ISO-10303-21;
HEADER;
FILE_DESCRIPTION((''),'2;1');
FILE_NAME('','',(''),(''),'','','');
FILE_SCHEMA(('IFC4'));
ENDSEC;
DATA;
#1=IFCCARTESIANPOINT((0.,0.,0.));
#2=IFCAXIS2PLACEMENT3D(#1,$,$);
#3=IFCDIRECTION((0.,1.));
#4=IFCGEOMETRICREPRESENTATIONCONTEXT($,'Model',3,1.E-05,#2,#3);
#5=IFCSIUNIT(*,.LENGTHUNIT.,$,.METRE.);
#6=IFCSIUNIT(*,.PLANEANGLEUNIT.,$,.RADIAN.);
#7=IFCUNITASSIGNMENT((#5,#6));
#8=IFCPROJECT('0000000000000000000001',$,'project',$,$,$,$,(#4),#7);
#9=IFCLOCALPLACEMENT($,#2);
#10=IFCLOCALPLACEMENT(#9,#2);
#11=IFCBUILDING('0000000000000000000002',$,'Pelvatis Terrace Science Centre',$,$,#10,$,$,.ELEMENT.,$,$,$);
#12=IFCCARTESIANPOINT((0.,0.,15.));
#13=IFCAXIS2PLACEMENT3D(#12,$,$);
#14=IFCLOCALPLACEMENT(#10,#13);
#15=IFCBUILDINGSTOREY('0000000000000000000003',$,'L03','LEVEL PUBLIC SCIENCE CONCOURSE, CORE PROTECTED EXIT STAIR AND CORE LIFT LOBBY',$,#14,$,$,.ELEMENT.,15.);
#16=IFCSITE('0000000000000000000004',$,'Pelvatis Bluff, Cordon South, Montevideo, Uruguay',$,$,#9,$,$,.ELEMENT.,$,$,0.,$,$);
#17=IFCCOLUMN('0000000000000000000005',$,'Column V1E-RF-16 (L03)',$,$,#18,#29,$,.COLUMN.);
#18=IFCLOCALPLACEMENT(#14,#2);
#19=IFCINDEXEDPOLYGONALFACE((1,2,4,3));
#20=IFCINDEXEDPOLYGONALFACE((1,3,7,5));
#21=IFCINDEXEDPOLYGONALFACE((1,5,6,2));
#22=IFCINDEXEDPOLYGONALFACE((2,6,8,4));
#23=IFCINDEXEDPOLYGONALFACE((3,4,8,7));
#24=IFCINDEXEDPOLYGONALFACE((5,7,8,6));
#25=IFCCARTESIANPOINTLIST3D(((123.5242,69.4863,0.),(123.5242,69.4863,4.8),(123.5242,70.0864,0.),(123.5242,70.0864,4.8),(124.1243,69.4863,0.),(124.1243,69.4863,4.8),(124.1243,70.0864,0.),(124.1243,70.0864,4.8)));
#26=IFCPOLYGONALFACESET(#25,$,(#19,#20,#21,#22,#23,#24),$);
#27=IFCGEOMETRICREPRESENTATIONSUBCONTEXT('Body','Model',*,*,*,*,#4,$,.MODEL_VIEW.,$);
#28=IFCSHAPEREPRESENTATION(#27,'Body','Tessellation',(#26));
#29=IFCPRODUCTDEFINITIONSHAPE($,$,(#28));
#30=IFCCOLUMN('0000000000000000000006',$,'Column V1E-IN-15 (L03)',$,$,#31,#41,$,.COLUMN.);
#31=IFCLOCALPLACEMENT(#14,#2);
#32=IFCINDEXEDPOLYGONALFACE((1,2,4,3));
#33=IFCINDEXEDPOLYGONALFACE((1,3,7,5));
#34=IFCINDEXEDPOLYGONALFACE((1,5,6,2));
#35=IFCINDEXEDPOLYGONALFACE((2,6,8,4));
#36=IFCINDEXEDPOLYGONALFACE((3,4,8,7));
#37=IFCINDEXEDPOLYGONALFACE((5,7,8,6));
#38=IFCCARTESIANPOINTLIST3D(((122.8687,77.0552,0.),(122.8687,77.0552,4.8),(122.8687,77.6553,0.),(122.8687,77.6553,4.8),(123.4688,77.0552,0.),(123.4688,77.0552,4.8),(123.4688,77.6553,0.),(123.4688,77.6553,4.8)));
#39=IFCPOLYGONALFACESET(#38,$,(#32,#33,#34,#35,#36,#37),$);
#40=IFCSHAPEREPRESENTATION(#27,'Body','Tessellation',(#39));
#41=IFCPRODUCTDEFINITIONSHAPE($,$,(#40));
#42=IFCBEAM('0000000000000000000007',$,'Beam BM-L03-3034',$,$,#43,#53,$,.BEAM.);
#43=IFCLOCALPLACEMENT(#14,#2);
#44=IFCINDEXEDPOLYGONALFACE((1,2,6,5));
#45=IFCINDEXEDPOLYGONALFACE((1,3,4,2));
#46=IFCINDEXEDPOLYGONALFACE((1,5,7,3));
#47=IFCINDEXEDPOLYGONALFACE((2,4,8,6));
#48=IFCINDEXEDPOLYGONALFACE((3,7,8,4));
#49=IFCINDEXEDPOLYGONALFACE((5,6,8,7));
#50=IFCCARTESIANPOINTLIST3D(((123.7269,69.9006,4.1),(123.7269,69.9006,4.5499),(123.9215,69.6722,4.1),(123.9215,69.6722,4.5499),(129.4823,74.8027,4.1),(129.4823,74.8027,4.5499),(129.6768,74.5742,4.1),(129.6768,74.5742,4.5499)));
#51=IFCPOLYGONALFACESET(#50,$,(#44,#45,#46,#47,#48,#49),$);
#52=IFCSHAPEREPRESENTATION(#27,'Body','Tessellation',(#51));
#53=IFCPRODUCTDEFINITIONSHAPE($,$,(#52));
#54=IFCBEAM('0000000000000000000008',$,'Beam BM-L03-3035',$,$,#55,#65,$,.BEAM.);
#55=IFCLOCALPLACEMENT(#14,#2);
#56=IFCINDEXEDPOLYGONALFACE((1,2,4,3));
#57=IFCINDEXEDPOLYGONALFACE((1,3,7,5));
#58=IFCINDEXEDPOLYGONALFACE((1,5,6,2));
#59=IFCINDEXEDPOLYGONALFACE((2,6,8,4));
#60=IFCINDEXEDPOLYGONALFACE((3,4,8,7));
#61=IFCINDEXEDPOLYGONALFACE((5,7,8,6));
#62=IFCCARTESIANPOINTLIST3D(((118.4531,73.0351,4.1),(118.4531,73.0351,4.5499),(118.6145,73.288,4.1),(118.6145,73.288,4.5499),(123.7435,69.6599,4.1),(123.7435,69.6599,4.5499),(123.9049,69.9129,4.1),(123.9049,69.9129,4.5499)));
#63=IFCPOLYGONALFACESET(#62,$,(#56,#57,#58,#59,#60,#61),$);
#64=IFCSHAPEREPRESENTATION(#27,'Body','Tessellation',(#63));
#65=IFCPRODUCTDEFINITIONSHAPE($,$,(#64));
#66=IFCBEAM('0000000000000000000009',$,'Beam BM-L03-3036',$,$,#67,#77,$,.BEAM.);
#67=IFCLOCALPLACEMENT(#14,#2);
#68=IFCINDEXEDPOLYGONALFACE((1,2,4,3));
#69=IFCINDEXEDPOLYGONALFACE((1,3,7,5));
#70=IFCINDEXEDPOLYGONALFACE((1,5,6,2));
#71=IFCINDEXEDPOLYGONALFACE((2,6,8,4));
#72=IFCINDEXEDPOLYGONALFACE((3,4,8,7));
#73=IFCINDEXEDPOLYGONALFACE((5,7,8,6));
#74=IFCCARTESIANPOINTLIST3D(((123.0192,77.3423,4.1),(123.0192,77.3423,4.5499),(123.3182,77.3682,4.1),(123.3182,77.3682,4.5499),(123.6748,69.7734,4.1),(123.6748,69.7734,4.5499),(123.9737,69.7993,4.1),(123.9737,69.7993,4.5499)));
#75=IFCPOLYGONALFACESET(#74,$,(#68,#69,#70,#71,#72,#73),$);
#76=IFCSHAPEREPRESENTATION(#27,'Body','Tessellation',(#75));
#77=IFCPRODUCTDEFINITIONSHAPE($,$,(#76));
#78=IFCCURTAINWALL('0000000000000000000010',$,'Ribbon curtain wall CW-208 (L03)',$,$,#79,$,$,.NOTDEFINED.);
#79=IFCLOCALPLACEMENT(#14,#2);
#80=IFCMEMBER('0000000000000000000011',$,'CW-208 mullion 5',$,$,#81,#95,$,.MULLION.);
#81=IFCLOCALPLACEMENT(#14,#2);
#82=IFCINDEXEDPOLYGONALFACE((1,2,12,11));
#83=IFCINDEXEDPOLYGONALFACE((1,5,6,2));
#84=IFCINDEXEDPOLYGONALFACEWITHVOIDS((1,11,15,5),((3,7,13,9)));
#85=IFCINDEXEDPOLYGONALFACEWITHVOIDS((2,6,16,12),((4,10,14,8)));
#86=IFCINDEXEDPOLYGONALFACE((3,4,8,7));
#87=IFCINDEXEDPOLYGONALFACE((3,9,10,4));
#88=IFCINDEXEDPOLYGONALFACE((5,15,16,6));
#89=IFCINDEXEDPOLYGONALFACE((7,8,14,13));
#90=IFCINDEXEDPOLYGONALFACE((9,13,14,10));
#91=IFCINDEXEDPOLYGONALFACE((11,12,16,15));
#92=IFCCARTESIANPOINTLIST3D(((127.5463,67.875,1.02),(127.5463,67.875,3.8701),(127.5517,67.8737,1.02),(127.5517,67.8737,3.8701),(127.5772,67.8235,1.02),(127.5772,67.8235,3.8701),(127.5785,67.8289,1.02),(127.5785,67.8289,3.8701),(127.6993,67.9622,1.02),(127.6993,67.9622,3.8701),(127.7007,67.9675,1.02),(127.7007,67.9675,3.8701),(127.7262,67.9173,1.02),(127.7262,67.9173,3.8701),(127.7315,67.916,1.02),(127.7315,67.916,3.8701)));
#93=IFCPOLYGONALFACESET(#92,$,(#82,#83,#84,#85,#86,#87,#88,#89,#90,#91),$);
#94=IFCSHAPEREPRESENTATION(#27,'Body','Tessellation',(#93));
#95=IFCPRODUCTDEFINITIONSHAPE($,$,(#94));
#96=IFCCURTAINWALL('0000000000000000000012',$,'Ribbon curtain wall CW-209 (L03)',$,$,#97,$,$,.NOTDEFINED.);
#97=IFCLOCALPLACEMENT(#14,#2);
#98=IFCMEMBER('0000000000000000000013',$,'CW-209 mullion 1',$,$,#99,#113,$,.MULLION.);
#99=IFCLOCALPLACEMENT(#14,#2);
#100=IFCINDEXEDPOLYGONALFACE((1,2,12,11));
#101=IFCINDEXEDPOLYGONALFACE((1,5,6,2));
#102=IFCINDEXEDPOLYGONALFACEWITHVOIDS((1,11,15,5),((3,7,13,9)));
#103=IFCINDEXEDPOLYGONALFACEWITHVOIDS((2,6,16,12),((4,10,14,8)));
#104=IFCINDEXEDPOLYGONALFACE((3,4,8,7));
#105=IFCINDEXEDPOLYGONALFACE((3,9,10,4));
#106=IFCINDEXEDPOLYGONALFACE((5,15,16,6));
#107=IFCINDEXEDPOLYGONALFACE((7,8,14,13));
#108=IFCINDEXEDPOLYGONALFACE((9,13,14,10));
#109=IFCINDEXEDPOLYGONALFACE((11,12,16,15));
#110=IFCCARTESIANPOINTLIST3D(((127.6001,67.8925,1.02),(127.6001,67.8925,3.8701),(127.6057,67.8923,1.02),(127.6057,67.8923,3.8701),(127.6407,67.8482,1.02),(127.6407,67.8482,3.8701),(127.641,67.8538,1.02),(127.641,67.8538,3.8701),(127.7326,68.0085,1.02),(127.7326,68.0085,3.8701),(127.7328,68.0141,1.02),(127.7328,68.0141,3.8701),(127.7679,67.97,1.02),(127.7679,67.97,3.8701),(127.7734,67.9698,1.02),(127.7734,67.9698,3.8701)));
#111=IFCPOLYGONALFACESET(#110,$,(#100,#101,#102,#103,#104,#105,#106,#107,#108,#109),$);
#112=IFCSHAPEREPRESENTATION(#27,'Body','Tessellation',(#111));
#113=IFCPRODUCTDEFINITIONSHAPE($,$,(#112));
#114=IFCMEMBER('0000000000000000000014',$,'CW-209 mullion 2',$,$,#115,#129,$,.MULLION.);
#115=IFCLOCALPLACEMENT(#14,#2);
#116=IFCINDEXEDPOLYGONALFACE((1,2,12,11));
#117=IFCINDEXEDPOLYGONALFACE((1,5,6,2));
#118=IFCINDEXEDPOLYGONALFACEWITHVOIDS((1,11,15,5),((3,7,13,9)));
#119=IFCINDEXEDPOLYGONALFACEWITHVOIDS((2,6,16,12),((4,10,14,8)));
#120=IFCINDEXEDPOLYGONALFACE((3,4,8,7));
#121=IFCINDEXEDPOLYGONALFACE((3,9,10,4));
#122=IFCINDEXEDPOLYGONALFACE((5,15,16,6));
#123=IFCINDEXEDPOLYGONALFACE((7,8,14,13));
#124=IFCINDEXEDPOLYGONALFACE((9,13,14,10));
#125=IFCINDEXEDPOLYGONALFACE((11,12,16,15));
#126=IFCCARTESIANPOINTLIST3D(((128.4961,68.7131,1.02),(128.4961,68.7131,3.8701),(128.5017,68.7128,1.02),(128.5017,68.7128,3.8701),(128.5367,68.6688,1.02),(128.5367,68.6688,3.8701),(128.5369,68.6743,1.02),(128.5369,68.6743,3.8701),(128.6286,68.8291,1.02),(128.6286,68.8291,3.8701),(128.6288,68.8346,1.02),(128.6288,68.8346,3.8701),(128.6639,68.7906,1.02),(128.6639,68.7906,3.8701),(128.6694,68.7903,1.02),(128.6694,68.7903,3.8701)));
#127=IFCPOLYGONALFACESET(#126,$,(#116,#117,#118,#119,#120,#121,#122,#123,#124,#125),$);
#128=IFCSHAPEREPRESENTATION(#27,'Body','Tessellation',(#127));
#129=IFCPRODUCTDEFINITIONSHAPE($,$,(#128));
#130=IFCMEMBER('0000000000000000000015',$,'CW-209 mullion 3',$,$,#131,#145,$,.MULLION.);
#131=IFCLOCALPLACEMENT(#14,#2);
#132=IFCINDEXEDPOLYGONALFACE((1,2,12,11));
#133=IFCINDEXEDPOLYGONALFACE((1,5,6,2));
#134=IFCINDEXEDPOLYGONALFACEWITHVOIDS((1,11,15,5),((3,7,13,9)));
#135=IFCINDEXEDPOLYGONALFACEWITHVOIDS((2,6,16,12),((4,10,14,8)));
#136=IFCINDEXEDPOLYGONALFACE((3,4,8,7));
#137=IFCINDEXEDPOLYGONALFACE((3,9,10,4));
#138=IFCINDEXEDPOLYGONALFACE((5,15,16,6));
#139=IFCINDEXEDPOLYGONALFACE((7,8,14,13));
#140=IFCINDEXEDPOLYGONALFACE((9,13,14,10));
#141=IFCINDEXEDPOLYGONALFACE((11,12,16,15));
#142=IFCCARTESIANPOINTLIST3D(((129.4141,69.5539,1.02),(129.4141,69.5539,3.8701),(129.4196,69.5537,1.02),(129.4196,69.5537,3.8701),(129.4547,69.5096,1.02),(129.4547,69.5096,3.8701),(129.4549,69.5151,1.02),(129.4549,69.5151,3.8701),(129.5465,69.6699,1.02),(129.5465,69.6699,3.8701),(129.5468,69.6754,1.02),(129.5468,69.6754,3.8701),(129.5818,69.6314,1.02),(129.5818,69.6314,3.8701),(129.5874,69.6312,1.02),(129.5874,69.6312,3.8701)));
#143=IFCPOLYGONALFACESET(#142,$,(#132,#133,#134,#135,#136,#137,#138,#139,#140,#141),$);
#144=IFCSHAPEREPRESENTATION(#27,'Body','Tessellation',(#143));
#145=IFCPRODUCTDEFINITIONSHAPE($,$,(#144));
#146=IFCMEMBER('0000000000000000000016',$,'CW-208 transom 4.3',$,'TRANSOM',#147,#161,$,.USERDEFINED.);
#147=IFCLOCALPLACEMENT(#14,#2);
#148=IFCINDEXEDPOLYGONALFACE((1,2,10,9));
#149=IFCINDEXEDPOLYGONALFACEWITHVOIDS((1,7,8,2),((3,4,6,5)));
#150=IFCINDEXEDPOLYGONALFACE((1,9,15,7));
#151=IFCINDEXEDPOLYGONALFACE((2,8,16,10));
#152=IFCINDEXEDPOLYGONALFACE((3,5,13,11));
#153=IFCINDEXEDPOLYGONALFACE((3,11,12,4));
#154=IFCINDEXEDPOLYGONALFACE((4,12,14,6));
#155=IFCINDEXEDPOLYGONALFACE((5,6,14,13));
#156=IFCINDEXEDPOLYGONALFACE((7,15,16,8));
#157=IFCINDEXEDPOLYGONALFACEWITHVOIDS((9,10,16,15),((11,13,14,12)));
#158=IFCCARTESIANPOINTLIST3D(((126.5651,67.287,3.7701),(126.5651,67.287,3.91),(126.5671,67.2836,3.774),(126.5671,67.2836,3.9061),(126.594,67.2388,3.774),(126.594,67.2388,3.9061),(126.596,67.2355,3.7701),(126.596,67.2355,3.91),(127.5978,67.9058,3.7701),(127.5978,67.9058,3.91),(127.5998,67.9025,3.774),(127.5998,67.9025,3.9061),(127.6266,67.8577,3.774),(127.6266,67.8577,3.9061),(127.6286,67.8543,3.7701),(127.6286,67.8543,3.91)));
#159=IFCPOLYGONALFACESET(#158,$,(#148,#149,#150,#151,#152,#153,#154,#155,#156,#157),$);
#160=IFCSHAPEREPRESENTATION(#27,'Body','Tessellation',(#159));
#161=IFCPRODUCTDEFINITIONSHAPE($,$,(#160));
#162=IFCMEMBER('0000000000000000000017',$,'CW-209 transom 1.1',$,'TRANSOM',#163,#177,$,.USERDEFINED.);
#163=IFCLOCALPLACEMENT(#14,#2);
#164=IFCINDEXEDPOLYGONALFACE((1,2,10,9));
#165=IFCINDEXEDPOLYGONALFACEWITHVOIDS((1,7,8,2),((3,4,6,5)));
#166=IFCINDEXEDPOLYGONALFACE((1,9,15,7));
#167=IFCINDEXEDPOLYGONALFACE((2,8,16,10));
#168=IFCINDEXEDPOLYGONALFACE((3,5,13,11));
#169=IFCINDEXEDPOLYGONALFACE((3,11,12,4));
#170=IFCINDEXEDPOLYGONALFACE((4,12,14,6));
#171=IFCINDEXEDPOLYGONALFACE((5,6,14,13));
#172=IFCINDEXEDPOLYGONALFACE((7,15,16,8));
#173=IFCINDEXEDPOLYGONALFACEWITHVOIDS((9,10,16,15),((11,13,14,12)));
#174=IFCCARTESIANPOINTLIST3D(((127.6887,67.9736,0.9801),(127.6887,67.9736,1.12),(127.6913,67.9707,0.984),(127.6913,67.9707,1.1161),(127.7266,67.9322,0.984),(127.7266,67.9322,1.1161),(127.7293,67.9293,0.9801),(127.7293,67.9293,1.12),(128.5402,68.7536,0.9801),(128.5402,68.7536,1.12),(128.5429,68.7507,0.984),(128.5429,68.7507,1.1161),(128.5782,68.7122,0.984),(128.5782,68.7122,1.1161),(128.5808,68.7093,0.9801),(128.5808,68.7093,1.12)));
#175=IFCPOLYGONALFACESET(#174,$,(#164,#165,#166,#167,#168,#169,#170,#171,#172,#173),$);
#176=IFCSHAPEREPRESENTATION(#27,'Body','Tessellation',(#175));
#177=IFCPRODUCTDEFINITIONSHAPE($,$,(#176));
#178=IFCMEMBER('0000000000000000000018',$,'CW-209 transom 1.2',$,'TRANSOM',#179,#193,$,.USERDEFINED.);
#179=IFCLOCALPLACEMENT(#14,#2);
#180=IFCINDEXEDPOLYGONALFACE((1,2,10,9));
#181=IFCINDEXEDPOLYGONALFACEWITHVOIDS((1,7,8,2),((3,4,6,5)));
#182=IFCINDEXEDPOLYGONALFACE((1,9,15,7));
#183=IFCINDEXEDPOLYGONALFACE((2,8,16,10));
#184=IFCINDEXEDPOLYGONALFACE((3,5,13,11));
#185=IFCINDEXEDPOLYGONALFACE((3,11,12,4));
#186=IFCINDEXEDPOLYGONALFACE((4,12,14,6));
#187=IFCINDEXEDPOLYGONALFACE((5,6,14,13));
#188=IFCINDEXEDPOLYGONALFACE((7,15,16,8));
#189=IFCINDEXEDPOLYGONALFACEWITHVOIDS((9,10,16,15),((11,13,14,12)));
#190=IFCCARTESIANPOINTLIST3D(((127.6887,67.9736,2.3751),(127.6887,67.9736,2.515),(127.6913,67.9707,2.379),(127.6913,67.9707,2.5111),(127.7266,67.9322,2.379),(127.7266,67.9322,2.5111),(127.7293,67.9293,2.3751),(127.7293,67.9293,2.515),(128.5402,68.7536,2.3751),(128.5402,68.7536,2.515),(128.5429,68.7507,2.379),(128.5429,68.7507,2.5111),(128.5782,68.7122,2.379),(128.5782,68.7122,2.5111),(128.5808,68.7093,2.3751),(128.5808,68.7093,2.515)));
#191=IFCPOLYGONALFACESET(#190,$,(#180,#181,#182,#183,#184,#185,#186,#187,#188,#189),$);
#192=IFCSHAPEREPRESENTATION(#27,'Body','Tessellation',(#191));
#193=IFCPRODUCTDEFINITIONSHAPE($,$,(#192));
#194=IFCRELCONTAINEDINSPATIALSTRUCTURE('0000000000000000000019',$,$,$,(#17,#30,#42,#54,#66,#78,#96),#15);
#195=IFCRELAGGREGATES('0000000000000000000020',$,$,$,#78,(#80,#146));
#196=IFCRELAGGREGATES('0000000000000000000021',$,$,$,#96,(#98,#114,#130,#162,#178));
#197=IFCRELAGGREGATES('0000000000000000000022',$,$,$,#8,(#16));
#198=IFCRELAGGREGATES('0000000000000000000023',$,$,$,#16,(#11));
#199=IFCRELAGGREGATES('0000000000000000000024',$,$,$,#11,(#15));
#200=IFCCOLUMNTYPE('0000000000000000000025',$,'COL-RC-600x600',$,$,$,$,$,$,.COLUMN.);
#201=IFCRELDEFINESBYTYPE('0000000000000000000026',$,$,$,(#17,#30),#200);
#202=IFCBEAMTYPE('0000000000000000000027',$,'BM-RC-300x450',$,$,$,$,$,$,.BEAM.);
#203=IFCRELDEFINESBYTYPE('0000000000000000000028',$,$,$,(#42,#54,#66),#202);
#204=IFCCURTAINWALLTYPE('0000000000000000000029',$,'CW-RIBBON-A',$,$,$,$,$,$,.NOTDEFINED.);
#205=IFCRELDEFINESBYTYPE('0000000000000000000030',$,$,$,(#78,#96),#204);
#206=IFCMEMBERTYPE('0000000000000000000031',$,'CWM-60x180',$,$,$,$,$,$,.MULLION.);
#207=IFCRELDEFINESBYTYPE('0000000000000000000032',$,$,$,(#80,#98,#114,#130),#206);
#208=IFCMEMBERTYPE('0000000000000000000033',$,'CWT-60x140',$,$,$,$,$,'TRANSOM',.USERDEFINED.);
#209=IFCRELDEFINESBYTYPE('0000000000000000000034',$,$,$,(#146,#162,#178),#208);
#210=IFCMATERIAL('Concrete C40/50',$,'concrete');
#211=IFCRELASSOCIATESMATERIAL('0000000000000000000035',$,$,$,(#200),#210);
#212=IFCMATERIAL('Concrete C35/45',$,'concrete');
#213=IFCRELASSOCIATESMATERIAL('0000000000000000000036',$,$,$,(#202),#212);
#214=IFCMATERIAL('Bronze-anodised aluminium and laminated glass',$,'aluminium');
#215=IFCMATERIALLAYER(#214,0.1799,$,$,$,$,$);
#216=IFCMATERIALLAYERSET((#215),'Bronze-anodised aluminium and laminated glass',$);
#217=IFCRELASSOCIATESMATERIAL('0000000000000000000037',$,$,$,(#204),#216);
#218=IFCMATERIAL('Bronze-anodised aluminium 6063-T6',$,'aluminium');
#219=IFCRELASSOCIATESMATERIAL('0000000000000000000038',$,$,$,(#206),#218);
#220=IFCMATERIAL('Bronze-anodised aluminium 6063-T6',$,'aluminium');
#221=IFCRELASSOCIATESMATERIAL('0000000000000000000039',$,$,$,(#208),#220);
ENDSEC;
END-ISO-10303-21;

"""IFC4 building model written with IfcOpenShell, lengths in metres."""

from ifc_helpers import new_model, si_unit, direction, frame, origin, origin_2d, place, context, subcontext, project, spatial, rectangle, hollow_rectangle, extrude, material, layer, layer_set, material_profile, profile_set, type_object, element, aggregate, save


model = new_model("IFC4")

# Units and contexts
model_context = context("Model", 3, precision=1e-05, world=origin(), true_north=direction((0.0, 1.0)))
body_context = subcontext(model_context, "Body", "Model", "MODEL_VIEW")
ifc_project = project(units=[si_unit("LENGTHUNIT", "METRE"), si_unit("PLANEANGLEUNIT", "RADIAN")], contexts=[model_context])

# Site, building, storey
site_placement = place(None, origin())
site = spatial("IfcSite", under=ifc_project, at=site_placement, Name="Pelvatis Bluff, Cordon South, Montevideo, Uruguay", CompositionType="ELEMENT", RefElevation=0.0)
building_placement = place(site_placement, origin())
building = spatial("IfcBuilding", under=site, at=building_placement, Name="Pelvatis Terrace Science Centre", CompositionType="ELEMENT")
storey_placement = place(building_placement, frame((0.0, 0.0, 15.0)))
storey = spatial("IfcBuildingStorey", under=building, at=storey_placement, Name="L03", Description="LEVEL PUBLIC SCIENCE CONCOURSE, CORE PROTECTED EXIT STAIR AND CORE LIFT LOBBY", CompositionType="ELEMENT", Elevation=15.0)

# Columns
ifc_material_1 = material(Name="Concrete C40/50", Category="concrete")
ifc_material_profile_1 = material_profile(ifc_material_1, rectangle(XDim=0.6001, YDim=0.6001, at=origin_2d()), Name="RC-COL 600x600")
ifc_profile_set_1 = profile_set([ifc_material_profile_1], Name="Concrete C40/50")
column_type = type_object("IfcColumnType", Name="COL-RC-600x600", PredefinedType="COLUMN", material=ifc_profile_set_1)
for number, where, z_axis, x_axis, name in (
    (1, (123.8242, 69.7864, 0.0), (0.0, 0.0, 1.0), (1.0, 0.0, 0.0), "Column V1E-RF-16 (L03)"),
    (2, (123.1687, 77.3552, 0.0), (0.0, 0.0, 1.0), (1.0, 0.0, 0.0), "Column V1E-IN-15 (L03)"),
):
    element("IfcColumn", number, at=place(storey_placement, frame(where, z_axis=z_axis, x_axis=x_axis)), inside=storey, type_object=column_type, Name=name, PredefinedType="COLUMN", context=body_context, shape_type="SweptSolid", body=[
        extrude(rectangle(XDim=0.6001, YDim=0.6001, at=origin_2d()), origin(), (0.0, 0.0, 1.0), 4.8),
    ])

# Beams
ifc_material_2 = material(Name="Concrete C35/45", Category="concrete")
ifc_material_profile_2 = material_profile(ifc_material_2, rectangle(XDim=0.3, YDim=0.45, at=origin_2d()), Name="RC-BM 300x450")
ifc_profile_set_2 = profile_set([ifc_material_profile_2], Name="Concrete C35/45")
beam_type = type_object("IfcBeamType", Name="BM-RC-300x450", PredefinedType="BEAM", material=ifc_profile_set_2)
beam_1_placement = place(storey_placement, frame((123.8242, 69.7864, 4.325), z_axis=(0.761284, 0.648419, 0.0), x_axis=(-0.648419, 0.761284, 0.0)))
element("IfcBeam", 3, at=beam_1_placement, inside=storey, type_object=beam_type, Name="Beam BM-L03-3034", PredefinedType="BEAM", context=body_context, shape_type="SweptSolid", body=[
    extrude(rectangle(XDim=0.3, YDim=0.45, at=origin_2d()), origin(), (0.0, 0.0, 1.0), 7.5601),
])
beam_2_placement = place(storey_placement, frame((123.8242, 69.7864, 4.325), z_axis=(-0.843044, 0.537844, 0.0), x_axis=(-0.537844, -0.843044, 0.0)))
element("IfcBeam", 4, at=beam_2_placement, inside=storey, type_object=beam_type, Name="Beam BM-L03-3035", PredefinedType="BEAM", context=body_context, shape_type="SweptSolid", body=[
    extrude(rectangle(XDim=0.3, YDim=0.45, at=origin_2d()), origin(), (0.0, 0.0, 1.0), 6.2754),
])
beam_3_placement = place(storey_placement, frame((123.8242, 69.7864, 4.325), z_axis=(-0.086284, 0.996271, 0.0), x_axis=(-0.996271, -0.086284, 0.0)))
element("IfcBeam", 5, at=beam_3_placement, inside=storey, type_object=beam_type, Name="Beam BM-L03-3036", PredefinedType="BEAM", context=body_context, shape_type="SweptSolid", body=[
    extrude(rectangle(XDim=0.3, YDim=0.45, at=origin_2d()), origin(), (0.0, 0.0, 1.0), 7.5972),
])

# Curtain wall, member
ifc_material_3 = material(Name="Bronze-anodised aluminium and laminated glass", Category="aluminium")
ifc_layer_1 = layer(ifc_material_3, 0.1799)
ifc_layer_set_1 = layer_set([ifc_layer_1], Name="Bronze-anodised aluminium and laminated glass")
curtain_wall_type = type_object("IfcCurtainWallType", Name="CW-RIBBON-A", PredefinedType="NOTDEFINED", material=ifc_layer_set_1)
curtain_wall_1_placement = place(storey_placement, origin())
curtain_wall_1 = element("IfcCurtainWall", 6, at=curtain_wall_1_placement, inside=storey, type_object=curtain_wall_type, Name="Ribbon curtain wall CW-208 (L03)", PredefinedType="NOTDEFINED")
ifc_material_4 = material(Name="Bronze-anodised aluminium 6063-T6", Category="aluminium")
ifc_material_profile_3 = material_profile(ifc_material_4, hollow_rectangle(XDim=0.0601, YDim=0.1799, WallThickness=0.0039, at=origin_2d()), Name="ALU-MUL 60x180")
ifc_profile_set_3 = profile_set([ifc_material_profile_3], Name="Bronze-anodised aluminium 6063-T6")
member_type_1 = type_object("IfcMemberType", Name="CWM-60x180", PredefinedType="MULLION", material=ifc_profile_set_3)
member_1_placement = place(storey_placement, frame((127.6389, 67.8955, 1.02), z_axis=(0.0, 0.0, 1.0), x_axis=(-0.513996, 0.857793, 0.0)))
member_1 = element("IfcMember", 7, at=member_1_placement, type_object=member_type_1, Name="CW-208 mullion 5", PredefinedType="MULLION", context=body_context, shape_type="SweptSolid", body=[
    extrude(hollow_rectangle(XDim=0.0601, YDim=0.1799, WallThickness=0.0039, at=origin_2d()), origin(), (0.0, 0.0, 1.0), 2.8501),
])

# Curtain wall, members
curtain_wall_2_placement = place(storey_placement, origin())
curtain_wall_2 = element("IfcCurtainWall", 8, at=curtain_wall_2_placement, inside=storey, type_object=curtain_wall_type, Name="Ribbon curtain wall CW-209 (L03)", PredefinedType="NOTDEFINED")
member_2_placement = place(storey_placement, frame((127.6868, 67.9312, 1.02), z_axis=(0.0, 0.0, 1.0), x_axis=(-0.675452, 0.737404, 0.0)))
member_2 = element("IfcMember", 9, at=member_2_placement, type_object=member_type_1, Name="CW-209 mullion 1", PredefinedType="MULLION", context=body_context, shape_type="SweptSolid", body=[
    extrude(hollow_rectangle(XDim=0.0601, YDim=0.1799, WallThickness=0.0039, at=origin_2d()), origin(), (0.0, 0.0, 1.0), 2.8501),
])
member_3_placement = place(storey_placement, frame((128.5828, 68.7517, 1.02), z_axis=(0.0, 0.0, 1.0), x_axis=(-0.675452, 0.737404, 0.0)))
member_3 = element("IfcMember", 10, at=member_3_placement, type_object=member_type_1, Name="CW-209 mullion 2", PredefinedType="MULLION", context=body_context, shape_type="SweptSolid", body=[
    extrude(hollow_rectangle(XDim=0.0601, YDim=0.1799, WallThickness=0.0039, at=origin_2d()), origin(), (0.0, 0.0, 1.0), 2.8501),
])
member_4_placement = place(storey_placement, frame((129.5007, 69.5925, 1.02), z_axis=(0.0, 0.0, 1.0), x_axis=(-0.675452, 0.737404, 0.0)))
member_4 = element("IfcMember", 11, at=member_4_placement, type_object=member_type_1, Name="CW-209 mullion 3", PredefinedType="MULLION", context=body_context, shape_type="SweptSolid", body=[
    extrude(hollow_rectangle(XDim=0.0601, YDim=0.1799, WallThickness=0.0039, at=origin_2d()), origin(), (0.0, 0.0, 1.0), 2.8501),
])

# Members
ifc_material_5 = material(Name="Bronze-anodised aluminium 6063-T6", Category="aluminium")
ifc_material_profile_4 = material_profile(ifc_material_5, hollow_rectangle(XDim=0.0601, YDim=0.1399, WallThickness=0.0039, at=origin_2d()), Name="ALU-TRN 60x140")
ifc_profile_set_4 = profile_set([ifc_material_profile_4], Name="Bronze-anodised aluminium 6063-T6")
member_type_2 = type_object("IfcMemberType", Name="CWT-60x140", ElementType="TRANSOM", PredefinedType="USERDEFINED", material=ifc_profile_set_4)
member_5_placement = place(storey_placement, frame((126.5806, 67.2612, 3.8401), z_axis=(0.857761, 0.514048, 0.0), x_axis=(-0.514048, 0.857761, 0.0)))
member_5 = element("IfcMember", 12, at=member_5_placement, type_object=member_type_2, Name="CW-208 transom 4.3", ObjectType="TRANSOM", PredefinedType="USERDEFINED", context=body_context, shape_type="SweptSolid", body=[
    extrude(hollow_rectangle(XDim=0.0601, YDim=0.1399, WallThickness=0.0039, at=origin_2d()), origin(), (0.0, 0.0, 1.0), 1.2039),
])
member_6_placement = place(storey_placement, frame((127.709, 67.9514, 1.05), z_axis=(0.7374, 0.675457, 0.0), x_axis=(-0.675457, 0.7374, 0.0)))
member_6 = element("IfcMember", 13, at=member_6_placement, type_object=member_type_2, Name="CW-209 transom 1.1", ObjectType="TRANSOM", PredefinedType="USERDEFINED", context=body_context, shape_type="SweptSolid", body=[
    extrude(hollow_rectangle(XDim=0.0601, YDim=0.1399, WallThickness=0.0039, at=origin_2d()), origin(), (0.0, 0.0, 1.0), 1.1548),
])
member_7_placement = place(storey_placement, frame((127.709, 67.9514, 2.4451), z_axis=(0.7374, 0.675457, 0.0), x_axis=(-0.675457, 0.7374, 0.0)))
member_7 = element("IfcMember", 14, at=member_7_placement, type_object=member_type_2, Name="CW-209 transom 1.2", ObjectType="TRANSOM", PredefinedType="USERDEFINED", context=body_context, shape_type="SweptSolid", body=[
    extrude(hollow_rectangle(XDim=0.0601, YDim=0.1399, WallThickness=0.0039, at=origin_2d()), origin(), (0.0, 0.0, 1.0), 1.1548),
])

aggregate(curtain_wall_1, [member_1, member_5])
aggregate(curtain_wall_2, [member_2, member_3, member_4, member_6, member_7])

save(model, "model.ifc")
